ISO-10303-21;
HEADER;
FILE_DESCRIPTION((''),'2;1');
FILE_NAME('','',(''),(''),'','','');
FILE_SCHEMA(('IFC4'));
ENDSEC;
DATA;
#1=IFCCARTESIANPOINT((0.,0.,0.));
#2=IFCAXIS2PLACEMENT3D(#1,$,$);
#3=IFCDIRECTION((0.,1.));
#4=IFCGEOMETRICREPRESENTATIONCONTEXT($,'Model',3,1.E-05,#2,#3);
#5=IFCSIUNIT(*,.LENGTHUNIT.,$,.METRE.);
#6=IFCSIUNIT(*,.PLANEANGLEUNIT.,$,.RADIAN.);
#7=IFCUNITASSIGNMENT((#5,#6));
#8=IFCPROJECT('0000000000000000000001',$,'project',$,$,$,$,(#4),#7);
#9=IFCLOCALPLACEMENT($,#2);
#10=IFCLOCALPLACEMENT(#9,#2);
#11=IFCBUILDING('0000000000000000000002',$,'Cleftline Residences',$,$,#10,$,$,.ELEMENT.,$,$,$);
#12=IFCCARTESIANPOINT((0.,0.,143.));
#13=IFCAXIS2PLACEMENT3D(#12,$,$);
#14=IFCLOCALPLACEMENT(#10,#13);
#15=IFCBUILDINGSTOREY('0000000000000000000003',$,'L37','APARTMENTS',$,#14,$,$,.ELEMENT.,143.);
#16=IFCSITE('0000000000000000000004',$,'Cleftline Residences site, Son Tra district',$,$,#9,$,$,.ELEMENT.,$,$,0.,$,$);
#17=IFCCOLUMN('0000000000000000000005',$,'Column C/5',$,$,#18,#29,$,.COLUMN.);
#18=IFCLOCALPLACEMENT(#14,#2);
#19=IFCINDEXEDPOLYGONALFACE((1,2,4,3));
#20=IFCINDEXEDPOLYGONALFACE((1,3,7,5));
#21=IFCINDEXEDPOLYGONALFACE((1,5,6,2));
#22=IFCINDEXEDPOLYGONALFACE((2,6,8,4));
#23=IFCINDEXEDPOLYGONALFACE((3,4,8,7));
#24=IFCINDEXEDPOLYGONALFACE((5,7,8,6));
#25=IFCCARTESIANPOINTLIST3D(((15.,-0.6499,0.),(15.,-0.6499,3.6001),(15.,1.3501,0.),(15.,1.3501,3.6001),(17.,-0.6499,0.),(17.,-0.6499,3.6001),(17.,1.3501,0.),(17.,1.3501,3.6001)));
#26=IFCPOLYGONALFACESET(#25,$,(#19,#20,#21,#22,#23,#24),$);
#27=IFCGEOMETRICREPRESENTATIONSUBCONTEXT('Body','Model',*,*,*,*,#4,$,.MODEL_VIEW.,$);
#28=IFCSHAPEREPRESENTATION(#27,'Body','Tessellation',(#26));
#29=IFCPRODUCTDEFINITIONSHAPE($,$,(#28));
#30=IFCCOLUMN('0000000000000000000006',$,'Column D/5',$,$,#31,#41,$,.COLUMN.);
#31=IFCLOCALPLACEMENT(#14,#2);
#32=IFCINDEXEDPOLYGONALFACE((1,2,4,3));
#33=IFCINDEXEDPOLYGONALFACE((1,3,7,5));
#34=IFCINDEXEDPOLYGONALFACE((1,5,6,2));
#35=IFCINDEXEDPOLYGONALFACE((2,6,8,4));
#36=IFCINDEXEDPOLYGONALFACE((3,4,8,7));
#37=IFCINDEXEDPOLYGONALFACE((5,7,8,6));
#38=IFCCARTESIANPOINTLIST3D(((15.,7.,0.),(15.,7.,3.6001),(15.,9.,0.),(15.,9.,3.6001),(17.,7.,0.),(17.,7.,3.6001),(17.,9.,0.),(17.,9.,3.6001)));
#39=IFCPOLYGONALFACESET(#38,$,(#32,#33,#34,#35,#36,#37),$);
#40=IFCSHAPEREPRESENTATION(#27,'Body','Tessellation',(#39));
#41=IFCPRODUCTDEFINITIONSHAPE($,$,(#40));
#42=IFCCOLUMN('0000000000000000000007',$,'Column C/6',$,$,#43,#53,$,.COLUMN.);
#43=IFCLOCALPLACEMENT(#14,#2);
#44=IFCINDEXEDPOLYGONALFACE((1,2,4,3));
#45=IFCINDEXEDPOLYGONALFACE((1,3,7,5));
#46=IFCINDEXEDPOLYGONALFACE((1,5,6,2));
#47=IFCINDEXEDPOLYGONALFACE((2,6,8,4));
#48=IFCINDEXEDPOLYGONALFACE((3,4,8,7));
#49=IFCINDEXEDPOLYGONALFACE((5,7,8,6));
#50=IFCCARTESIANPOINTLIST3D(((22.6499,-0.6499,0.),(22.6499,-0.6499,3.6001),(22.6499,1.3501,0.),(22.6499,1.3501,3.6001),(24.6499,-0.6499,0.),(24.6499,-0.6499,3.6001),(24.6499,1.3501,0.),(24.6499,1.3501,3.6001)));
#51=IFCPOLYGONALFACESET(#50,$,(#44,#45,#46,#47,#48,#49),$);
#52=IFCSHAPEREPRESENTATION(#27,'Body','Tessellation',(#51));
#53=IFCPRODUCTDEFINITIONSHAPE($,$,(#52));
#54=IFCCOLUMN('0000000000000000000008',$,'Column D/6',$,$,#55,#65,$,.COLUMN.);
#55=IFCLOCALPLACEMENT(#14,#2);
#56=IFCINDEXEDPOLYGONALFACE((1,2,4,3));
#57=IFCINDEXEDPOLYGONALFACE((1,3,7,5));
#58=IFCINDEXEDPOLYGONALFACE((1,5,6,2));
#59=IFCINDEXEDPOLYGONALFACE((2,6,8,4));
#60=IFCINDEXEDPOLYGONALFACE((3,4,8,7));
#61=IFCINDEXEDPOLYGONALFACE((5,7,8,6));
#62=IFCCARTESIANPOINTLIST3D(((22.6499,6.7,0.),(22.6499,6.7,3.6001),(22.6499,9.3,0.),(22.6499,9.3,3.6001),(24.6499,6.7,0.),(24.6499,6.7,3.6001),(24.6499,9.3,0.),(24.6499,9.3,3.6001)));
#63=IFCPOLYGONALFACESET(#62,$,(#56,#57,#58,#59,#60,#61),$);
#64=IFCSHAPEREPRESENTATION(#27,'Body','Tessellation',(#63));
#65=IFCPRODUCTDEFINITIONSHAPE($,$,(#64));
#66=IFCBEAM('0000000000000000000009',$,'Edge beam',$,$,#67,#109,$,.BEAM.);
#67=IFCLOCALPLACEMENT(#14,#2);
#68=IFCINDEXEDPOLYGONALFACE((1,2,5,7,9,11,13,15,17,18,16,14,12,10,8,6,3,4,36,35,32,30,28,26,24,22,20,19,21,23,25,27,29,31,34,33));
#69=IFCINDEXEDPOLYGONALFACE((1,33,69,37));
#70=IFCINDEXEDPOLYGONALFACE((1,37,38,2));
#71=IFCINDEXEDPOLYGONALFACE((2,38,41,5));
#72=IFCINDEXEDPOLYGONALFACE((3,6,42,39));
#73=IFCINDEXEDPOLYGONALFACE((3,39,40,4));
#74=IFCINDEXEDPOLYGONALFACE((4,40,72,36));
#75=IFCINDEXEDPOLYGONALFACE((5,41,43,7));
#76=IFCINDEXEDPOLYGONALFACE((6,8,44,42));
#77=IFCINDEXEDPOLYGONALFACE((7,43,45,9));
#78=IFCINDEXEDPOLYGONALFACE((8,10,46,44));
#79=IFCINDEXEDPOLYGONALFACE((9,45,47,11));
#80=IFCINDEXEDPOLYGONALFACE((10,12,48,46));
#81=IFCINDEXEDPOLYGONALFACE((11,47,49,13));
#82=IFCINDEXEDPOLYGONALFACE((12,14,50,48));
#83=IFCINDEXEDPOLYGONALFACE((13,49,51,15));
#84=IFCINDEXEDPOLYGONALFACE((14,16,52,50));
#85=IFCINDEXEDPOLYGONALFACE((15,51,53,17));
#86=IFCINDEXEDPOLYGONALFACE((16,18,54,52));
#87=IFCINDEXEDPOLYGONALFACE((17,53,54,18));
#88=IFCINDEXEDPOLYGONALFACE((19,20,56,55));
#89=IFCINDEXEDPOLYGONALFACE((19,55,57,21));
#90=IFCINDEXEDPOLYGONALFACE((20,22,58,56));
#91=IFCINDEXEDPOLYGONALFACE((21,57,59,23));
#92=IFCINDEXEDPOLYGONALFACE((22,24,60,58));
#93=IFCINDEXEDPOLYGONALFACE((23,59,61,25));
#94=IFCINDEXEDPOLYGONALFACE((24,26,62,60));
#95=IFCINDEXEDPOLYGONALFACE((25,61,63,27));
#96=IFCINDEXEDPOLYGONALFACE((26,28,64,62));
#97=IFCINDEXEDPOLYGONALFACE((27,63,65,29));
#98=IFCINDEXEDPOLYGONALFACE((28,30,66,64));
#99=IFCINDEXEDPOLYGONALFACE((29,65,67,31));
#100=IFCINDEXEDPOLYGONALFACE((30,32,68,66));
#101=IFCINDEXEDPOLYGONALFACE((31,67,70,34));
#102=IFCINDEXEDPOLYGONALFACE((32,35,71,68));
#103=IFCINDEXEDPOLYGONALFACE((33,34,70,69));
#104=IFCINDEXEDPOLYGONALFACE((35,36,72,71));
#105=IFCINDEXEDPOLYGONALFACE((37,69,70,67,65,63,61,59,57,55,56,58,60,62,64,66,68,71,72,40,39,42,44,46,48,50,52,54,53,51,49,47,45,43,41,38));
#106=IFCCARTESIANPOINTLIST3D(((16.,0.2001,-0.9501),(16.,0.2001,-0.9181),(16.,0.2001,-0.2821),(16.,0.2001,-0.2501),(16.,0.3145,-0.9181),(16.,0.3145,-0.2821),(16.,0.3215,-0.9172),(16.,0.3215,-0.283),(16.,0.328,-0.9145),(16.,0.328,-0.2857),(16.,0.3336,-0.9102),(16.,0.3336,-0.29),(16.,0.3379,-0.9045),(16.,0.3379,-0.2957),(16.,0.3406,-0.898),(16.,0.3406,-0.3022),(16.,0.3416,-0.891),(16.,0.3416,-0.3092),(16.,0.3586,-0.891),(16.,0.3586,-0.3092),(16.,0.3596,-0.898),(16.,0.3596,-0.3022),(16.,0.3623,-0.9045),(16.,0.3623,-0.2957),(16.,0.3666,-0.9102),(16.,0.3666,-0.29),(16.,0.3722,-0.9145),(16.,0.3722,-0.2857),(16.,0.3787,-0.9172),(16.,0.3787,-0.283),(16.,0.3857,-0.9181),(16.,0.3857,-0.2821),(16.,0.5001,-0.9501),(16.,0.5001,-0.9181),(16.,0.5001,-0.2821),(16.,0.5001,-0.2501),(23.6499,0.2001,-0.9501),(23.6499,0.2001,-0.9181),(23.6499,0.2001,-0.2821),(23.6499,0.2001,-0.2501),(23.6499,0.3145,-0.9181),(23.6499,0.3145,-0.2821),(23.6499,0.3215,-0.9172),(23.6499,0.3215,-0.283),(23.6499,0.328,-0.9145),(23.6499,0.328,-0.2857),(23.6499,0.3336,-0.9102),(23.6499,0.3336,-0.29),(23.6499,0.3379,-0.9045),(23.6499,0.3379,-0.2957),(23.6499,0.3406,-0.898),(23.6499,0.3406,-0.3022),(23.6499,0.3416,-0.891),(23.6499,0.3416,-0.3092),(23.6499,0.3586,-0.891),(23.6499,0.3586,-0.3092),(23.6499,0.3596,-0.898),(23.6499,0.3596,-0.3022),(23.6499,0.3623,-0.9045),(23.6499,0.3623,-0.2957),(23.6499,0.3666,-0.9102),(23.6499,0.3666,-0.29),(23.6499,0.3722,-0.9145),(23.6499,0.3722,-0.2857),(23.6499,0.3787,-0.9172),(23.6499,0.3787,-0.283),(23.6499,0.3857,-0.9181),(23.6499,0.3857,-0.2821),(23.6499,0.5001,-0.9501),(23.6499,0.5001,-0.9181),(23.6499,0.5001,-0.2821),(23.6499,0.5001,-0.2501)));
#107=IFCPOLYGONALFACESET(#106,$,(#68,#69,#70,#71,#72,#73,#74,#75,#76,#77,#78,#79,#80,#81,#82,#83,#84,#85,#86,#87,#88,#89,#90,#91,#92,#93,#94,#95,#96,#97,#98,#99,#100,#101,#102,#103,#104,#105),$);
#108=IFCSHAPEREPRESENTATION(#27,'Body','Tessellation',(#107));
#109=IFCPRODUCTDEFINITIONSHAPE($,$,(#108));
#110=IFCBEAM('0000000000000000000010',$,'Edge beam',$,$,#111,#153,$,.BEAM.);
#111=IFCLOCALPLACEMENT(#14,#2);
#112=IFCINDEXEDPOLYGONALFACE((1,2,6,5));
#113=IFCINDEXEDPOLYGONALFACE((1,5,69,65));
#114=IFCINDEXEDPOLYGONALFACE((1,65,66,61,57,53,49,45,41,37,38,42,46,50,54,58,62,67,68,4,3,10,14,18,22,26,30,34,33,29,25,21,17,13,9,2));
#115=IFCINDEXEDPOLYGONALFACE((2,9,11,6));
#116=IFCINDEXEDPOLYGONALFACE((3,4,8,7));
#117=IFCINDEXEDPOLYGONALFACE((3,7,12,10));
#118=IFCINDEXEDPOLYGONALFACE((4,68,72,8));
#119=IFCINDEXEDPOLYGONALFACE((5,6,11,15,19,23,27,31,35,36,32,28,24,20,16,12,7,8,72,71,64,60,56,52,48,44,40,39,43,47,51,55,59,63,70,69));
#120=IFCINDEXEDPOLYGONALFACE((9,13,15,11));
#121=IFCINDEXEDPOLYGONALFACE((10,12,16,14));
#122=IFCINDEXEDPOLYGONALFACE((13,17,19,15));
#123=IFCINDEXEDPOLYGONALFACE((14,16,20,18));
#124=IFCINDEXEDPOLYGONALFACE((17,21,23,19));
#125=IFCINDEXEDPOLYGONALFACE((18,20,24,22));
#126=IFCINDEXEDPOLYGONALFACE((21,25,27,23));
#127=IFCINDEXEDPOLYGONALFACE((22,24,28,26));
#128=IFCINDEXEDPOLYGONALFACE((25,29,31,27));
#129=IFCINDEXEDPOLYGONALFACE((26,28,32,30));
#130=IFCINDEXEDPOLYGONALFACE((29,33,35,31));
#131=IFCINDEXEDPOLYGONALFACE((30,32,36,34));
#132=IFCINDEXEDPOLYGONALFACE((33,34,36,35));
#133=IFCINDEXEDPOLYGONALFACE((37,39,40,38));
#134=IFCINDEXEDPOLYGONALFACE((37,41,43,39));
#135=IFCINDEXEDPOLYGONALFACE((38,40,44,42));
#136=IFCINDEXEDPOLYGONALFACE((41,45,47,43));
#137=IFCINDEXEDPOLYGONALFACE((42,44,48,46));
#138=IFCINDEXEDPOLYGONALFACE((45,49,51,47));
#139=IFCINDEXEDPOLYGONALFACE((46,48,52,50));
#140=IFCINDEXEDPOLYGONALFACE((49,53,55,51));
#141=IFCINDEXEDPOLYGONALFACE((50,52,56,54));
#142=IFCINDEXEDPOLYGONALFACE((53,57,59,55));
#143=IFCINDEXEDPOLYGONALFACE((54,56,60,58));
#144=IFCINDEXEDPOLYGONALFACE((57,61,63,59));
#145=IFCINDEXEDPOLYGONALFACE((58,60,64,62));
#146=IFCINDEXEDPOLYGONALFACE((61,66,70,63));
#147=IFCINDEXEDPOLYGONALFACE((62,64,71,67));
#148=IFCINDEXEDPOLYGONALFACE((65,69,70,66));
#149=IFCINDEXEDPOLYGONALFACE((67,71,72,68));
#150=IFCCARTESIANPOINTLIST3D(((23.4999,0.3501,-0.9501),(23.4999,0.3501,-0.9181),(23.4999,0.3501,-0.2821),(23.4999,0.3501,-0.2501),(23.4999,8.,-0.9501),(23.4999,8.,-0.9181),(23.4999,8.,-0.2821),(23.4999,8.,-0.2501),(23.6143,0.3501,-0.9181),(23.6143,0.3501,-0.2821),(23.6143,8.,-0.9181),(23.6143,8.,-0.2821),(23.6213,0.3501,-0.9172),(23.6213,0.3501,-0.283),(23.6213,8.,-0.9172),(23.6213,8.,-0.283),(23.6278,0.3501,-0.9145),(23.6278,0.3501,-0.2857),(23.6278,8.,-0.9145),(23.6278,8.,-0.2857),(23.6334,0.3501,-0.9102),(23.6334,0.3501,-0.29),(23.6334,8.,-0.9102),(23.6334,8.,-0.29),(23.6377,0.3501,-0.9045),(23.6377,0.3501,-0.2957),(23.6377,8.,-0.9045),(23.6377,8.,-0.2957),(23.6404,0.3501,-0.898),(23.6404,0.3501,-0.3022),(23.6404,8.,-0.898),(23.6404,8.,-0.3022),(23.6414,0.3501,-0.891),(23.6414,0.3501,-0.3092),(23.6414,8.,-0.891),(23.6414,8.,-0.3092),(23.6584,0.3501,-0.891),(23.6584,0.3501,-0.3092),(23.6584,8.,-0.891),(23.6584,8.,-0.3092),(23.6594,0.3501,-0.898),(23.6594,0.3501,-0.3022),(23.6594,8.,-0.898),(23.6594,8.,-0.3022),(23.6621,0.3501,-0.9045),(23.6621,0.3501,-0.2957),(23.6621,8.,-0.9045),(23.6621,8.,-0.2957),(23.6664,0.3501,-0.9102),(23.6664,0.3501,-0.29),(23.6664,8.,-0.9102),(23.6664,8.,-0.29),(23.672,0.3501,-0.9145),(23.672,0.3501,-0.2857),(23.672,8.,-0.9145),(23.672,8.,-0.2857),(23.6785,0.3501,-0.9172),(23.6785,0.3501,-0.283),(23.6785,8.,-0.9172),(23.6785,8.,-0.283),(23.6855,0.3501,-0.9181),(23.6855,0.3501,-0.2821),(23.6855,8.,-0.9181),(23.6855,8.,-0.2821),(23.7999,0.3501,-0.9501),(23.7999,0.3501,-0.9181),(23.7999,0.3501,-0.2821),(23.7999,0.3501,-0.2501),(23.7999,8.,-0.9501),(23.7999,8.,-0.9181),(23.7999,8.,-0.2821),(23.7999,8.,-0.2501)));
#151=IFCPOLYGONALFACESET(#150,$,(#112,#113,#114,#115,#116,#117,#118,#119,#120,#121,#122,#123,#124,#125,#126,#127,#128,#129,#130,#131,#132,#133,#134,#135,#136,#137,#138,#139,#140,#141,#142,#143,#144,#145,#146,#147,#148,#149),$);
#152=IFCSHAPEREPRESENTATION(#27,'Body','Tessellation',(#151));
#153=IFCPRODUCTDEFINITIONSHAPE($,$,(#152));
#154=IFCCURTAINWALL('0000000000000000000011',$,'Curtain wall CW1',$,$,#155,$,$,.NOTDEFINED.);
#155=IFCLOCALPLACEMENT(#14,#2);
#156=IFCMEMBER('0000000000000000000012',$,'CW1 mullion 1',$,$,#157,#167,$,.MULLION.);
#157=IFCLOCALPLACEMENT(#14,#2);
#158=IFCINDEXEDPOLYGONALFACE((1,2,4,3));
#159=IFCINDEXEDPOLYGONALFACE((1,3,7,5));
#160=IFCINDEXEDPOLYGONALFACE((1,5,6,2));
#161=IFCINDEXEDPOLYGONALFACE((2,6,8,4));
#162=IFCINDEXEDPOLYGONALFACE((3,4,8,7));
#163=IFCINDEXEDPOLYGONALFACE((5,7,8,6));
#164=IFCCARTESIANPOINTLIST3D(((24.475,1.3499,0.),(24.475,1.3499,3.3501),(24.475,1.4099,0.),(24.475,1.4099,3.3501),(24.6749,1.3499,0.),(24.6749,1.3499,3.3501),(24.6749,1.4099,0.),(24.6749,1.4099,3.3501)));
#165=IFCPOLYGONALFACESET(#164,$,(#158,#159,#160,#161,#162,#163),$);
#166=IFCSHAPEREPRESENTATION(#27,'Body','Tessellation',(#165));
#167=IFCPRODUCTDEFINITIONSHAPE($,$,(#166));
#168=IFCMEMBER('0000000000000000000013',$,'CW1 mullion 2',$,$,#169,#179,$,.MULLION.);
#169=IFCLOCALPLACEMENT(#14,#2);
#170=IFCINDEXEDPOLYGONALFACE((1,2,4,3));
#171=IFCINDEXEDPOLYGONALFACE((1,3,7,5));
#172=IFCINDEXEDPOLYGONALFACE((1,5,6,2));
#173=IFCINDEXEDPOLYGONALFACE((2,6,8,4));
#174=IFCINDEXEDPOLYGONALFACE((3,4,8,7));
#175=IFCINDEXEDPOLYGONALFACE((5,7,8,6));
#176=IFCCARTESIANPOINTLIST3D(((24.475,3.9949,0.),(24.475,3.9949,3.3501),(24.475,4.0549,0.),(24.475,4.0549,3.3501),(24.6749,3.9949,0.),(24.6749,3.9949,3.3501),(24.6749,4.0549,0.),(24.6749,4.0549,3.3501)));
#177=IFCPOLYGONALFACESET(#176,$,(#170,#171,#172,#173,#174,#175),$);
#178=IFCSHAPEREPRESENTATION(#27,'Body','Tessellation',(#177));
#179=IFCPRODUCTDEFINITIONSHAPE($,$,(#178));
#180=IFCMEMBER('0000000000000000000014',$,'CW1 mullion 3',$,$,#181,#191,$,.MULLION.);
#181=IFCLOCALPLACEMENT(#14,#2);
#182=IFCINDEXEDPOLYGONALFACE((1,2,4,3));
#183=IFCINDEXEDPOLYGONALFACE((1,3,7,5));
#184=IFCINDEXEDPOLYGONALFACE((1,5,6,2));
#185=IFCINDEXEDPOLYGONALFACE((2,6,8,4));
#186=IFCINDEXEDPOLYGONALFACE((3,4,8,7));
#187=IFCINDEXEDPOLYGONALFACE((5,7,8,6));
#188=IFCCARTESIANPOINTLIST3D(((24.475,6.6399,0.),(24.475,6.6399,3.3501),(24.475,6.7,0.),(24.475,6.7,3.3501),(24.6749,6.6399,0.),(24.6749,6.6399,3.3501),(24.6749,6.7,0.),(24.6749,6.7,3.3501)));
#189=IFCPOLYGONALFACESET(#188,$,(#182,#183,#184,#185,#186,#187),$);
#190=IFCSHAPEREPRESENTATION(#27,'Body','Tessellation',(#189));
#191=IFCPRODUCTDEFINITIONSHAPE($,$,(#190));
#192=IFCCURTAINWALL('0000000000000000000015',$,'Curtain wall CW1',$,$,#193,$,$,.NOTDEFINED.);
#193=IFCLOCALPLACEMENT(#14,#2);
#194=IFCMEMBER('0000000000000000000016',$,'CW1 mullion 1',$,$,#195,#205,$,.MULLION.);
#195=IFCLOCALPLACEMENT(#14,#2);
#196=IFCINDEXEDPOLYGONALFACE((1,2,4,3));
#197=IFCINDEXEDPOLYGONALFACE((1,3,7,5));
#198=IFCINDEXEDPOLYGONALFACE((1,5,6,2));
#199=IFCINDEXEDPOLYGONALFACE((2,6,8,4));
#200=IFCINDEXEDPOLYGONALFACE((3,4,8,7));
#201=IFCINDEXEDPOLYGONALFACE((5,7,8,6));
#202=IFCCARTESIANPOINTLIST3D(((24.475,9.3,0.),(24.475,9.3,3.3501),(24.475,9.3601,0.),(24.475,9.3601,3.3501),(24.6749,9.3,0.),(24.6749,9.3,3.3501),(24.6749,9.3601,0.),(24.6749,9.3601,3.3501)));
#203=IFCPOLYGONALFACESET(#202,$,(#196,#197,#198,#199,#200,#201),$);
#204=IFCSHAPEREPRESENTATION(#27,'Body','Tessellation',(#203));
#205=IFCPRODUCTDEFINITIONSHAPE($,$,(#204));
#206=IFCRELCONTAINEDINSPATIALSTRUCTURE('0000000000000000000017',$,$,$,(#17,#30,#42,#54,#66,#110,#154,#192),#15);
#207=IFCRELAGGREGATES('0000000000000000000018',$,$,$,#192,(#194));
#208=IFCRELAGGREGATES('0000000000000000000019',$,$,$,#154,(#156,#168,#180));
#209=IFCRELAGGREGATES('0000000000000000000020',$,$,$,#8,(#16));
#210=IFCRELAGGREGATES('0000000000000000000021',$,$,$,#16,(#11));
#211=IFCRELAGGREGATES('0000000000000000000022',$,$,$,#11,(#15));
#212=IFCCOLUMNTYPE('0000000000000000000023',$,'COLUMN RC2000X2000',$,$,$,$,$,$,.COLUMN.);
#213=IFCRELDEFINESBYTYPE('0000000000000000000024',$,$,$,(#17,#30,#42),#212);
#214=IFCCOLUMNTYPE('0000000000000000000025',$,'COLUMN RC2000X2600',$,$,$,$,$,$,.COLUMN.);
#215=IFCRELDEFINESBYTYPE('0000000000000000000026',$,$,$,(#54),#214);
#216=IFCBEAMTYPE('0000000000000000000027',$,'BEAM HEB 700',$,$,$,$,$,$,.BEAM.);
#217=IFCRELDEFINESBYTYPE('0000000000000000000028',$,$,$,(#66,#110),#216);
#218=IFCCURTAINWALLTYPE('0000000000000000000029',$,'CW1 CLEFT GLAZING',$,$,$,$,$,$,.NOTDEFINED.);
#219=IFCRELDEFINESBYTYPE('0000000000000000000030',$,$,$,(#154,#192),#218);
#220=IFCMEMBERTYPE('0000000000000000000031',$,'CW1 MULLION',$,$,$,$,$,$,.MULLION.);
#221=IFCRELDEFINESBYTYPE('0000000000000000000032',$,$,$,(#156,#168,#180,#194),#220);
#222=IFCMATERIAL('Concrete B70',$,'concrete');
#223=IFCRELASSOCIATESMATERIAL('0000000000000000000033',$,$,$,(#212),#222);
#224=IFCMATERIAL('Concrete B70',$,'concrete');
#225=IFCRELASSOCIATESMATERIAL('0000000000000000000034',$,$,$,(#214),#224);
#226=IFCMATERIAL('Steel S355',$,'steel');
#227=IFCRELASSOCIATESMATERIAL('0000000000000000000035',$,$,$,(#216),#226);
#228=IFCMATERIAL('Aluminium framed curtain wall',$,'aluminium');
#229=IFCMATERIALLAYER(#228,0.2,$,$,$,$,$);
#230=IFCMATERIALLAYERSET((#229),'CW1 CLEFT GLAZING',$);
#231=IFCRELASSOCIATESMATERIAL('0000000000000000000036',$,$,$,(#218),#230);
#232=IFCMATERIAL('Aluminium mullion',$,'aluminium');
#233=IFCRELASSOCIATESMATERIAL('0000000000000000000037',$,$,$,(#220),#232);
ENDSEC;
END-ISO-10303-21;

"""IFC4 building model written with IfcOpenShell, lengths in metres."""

from ifc_helpers import new_model, si_unit, direction, frame, origin, origin_2d, place, context, subcontext, project, spatial, rectangle, i_section, extrude, material, layer, layer_set, material_profile, profile_set, type_object, element, aggregate, save


model = new_model("IFC4")

# Units and contexts
model_context = context("Model", 3, precision=1e-05, world=origin(), true_north=direction((0.0, 1.0)))
body_context = subcontext(model_context, "Body", "Model", "MODEL_VIEW")
ifc_project = project(units=[si_unit("LENGTHUNIT", "METRE"), si_unit("PLANEANGLEUNIT", "RADIAN")], contexts=[model_context])

# Site, building, storey
site_placement = place(None, origin())
site = spatial("IfcSite", under=ifc_project, at=site_placement, Name="Cleftline Residences site, Son Tra district", CompositionType="ELEMENT", RefElevation=0.0)
building_placement = place(site_placement, origin())
building = spatial("IfcBuilding", under=site, at=building_placement, Name="Cleftline Residences", CompositionType="ELEMENT")
storey_placement = place(building_placement, frame((0.0, 0.0, 143.0)))
storey = spatial("IfcBuildingStorey", under=building, at=storey_placement, Name="L37", Description="APARTMENTS", CompositionType="ELEMENT", Elevation=143.0)

# Columns
ifc_material_1 = material(Name="Concrete B70", Category="concrete")
ifc_material_profile_1 = material_profile(ifc_material_1, rectangle(XDim=2.0, YDim=2.0, at=origin_2d()))
ifc_profile_set_1 = profile_set([ifc_material_profile_1], Name="Concrete B70")
column_type_1 = type_object("IfcColumnType", Name="COLUMN RC2000X2000", PredefinedType="COLUMN", material=ifc_profile_set_1)
for number, where, z_axis, x_axis, name in (
    (1, (16.0, 0.3501, 0.0), (0.0, 0.0, 1.0), (1.0, 0.0, 0.0), "Column C/5"),
    (2, (16.0, 8.0, 0.0), (0.0, 0.0, 1.0), (1.0, 0.0, 0.0), "Column D/5"),
    (3, (23.6499, 0.3501, 0.0), (0.0, 0.0, 1.0), (1.0, 0.0, 0.0), "Column C/6"),
):
    element("IfcColumn", number, at=place(storey_placement, frame(where, z_axis=z_axis, x_axis=x_axis)), inside=storey, type_object=column_type_1, Name=name, PredefinedType="COLUMN", context=body_context, shape_type="SweptSolid", body=[
        extrude(rectangle(XDim=2.0, YDim=2.0, at=origin_2d()), origin(), (0.0, 0.0, 1.0), 3.6001),
    ])
ifc_material_2 = material(Name="Concrete B70", Category="concrete")
ifc_material_profile_2 = material_profile(ifc_material_2, rectangle(XDim=2.0, YDim=2.6001, at=origin_2d()))
ifc_profile_set_2 = profile_set([ifc_material_profile_2], Name="Concrete B70")
column_type_2 = type_object("IfcColumnType", Name="COLUMN RC2000X2600", PredefinedType="COLUMN", material=ifc_profile_set_2)
column_placement = place(storey_placement, frame((23.6499, 8.0, 0.0), z_axis=(0.0, 0.0, 1.0), x_axis=(1.0, 0.0, 0.0)))
element("IfcColumn", 4, at=column_placement, inside=storey, type_object=column_type_2, Name="Column D/6", PredefinedType="COLUMN", context=body_context, shape_type="SweptSolid", body=[
    extrude(rectangle(XDim=2.0, YDim=2.6001, at=origin_2d()), origin(), (0.0, 0.0, 1.0), 3.6001),
])

# Beams
ifc_material_3 = material(Name="Steel S355", Category="steel")
ifc_material_profile_3 = material_profile(ifc_material_3, i_section(OverallWidth=0.3, OverallDepth=0.7, WebThickness=0.0171, FlangeThickness=0.032, FilletRadius=0.0271, at=origin_2d()))
ifc_profile_set_3 = profile_set([ifc_material_profile_3], Name="Steel S355")
beam_type = type_object("IfcBeamType", Name="BEAM HEB 700", PredefinedType="BEAM", material=ifc_profile_set_3)
for number, where, z_axis, x_axis, name in (
    (5, (16.0, 0.3501, -0.6001), (1.0, 0.0, 0.0), (0.0, 1.0, 0.0), "Edge beam"),
    (6, (23.6499, 0.3501, -0.6001), (0.0, 1.0, 0.0), (-1.0, 0.0, 0.0), "Edge beam"),
):
    element("IfcBeam", number, at=place(storey_placement, frame(where, z_axis=z_axis, x_axis=x_axis)), inside=storey, type_object=beam_type, Name=name, PredefinedType="BEAM", context=body_context, shape_type="SweptSolid", body=[
        extrude(i_section(OverallWidth=0.3, OverallDepth=0.7, WebThickness=0.0171, FlangeThickness=0.032, FilletRadius=0.0271, at=origin_2d()), origin(), (0.0, 0.0, 1.0), 7.6499),
    ])

# Curtain wall, members
ifc_material_4 = material(Name="Aluminium framed curtain wall", Category="aluminium")
ifc_layer_1 = layer(ifc_material_4, 0.2)
ifc_layer_set_1 = layer_set([ifc_layer_1], Name="CW1 CLEFT GLAZING")
curtain_wall_type = type_object("IfcCurtainWallType", Name="CW1 CLEFT GLAZING", PredefinedType="NOTDEFINED", material=ifc_layer_set_1)
curtain_wall_1_placement = place(storey_placement, origin())
curtain_wall_1 = element("IfcCurtainWall", 7, at=curtain_wall_1_placement, inside=storey, type_object=curtain_wall_type, Name="Curtain wall CW1", PredefinedType="NOTDEFINED")
ifc_material_5 = material(Name="Aluminium mullion", Category="aluminium")
ifc_material_profile_4 = material_profile(ifc_material_5, rectangle(XDim=0.2, YDim=0.0601, at=origin_2d()))
ifc_profile_set_4 = profile_set([ifc_material_profile_4], Name="Aluminium mullion")
member_type_1 = type_object("IfcMemberType", Name="CW1 MULLION", PredefinedType="MULLION", material=ifc_profile_set_4)
member_1_placement = place(storey_placement, frame((24.575, 1.3799, 0.0), z_axis=(0.0, 0.0, 1.0), x_axis=(-1.0, 0.0, 0.0)))
member_1 = element("IfcMember", 8, at=member_1_placement, type_object=member_type_1, Name="CW1 mullion 1", PredefinedType="MULLION", context=body_context, shape_type="SweptSolid", body=[
    extrude(rectangle(XDim=0.2, YDim=0.0601, at=origin_2d()), origin(), (0.0, 0.0, 1.0), 3.3501),
])
member_2_placement = place(storey_placement, frame((24.575, 4.0249, 0.0), z_axis=(0.0, 0.0, 1.0), x_axis=(-1.0, 0.0, 0.0)))
member_2 = element("IfcMember", 9, at=member_2_placement, type_object=member_type_1, Name="CW1 mullion 2", PredefinedType="MULLION", context=body_context, shape_type="SweptSolid", body=[
    extrude(rectangle(XDim=0.2, YDim=0.0601, at=origin_2d()), origin(), (0.0, 0.0, 1.0), 3.3501),
])
member_3_placement = place(storey_placement, frame((24.575, 6.6699, 0.0), z_axis=(0.0, 0.0, 1.0), x_axis=(-1.0, 0.0, 0.0)))
member_3 = element("IfcMember", 10, at=member_3_placement, type_object=member_type_1, Name="CW1 mullion 3", PredefinedType="MULLION", context=body_context, shape_type="SweptSolid", body=[
    extrude(rectangle(XDim=0.2, YDim=0.0601, at=origin_2d()), origin(), (0.0, 0.0, 1.0), 3.3501),
])

# Curtain wall, member
curtain_wall_2_placement = place(storey_placement, origin())
curtain_wall_2 = element("IfcCurtainWall", 11, at=curtain_wall_2_placement, inside=storey, type_object=curtain_wall_type, Name="Curtain wall CW1", PredefinedType="NOTDEFINED")
member_4_placement = place(storey_placement, frame((24.575, 9.3301, 0.0), z_axis=(0.0, 0.0, 1.0), x_axis=(-1.0, 0.0, 0.0)))
member_4 = element("IfcMember", 12, at=member_4_placement, type_object=member_type_1, Name="CW1 mullion 1", PredefinedType="MULLION", context=body_context, shape_type="SweptSolid", body=[
    extrude(rectangle(XDim=0.2, YDim=0.0601, at=origin_2d()), origin(), (0.0, 0.0, 1.0), 3.3501),
])

aggregate(curtain_wall_2, [member_4])

aggregate(curtain_wall_1, [member_1, member_2, member_3])

save(model, "model.ifc")
